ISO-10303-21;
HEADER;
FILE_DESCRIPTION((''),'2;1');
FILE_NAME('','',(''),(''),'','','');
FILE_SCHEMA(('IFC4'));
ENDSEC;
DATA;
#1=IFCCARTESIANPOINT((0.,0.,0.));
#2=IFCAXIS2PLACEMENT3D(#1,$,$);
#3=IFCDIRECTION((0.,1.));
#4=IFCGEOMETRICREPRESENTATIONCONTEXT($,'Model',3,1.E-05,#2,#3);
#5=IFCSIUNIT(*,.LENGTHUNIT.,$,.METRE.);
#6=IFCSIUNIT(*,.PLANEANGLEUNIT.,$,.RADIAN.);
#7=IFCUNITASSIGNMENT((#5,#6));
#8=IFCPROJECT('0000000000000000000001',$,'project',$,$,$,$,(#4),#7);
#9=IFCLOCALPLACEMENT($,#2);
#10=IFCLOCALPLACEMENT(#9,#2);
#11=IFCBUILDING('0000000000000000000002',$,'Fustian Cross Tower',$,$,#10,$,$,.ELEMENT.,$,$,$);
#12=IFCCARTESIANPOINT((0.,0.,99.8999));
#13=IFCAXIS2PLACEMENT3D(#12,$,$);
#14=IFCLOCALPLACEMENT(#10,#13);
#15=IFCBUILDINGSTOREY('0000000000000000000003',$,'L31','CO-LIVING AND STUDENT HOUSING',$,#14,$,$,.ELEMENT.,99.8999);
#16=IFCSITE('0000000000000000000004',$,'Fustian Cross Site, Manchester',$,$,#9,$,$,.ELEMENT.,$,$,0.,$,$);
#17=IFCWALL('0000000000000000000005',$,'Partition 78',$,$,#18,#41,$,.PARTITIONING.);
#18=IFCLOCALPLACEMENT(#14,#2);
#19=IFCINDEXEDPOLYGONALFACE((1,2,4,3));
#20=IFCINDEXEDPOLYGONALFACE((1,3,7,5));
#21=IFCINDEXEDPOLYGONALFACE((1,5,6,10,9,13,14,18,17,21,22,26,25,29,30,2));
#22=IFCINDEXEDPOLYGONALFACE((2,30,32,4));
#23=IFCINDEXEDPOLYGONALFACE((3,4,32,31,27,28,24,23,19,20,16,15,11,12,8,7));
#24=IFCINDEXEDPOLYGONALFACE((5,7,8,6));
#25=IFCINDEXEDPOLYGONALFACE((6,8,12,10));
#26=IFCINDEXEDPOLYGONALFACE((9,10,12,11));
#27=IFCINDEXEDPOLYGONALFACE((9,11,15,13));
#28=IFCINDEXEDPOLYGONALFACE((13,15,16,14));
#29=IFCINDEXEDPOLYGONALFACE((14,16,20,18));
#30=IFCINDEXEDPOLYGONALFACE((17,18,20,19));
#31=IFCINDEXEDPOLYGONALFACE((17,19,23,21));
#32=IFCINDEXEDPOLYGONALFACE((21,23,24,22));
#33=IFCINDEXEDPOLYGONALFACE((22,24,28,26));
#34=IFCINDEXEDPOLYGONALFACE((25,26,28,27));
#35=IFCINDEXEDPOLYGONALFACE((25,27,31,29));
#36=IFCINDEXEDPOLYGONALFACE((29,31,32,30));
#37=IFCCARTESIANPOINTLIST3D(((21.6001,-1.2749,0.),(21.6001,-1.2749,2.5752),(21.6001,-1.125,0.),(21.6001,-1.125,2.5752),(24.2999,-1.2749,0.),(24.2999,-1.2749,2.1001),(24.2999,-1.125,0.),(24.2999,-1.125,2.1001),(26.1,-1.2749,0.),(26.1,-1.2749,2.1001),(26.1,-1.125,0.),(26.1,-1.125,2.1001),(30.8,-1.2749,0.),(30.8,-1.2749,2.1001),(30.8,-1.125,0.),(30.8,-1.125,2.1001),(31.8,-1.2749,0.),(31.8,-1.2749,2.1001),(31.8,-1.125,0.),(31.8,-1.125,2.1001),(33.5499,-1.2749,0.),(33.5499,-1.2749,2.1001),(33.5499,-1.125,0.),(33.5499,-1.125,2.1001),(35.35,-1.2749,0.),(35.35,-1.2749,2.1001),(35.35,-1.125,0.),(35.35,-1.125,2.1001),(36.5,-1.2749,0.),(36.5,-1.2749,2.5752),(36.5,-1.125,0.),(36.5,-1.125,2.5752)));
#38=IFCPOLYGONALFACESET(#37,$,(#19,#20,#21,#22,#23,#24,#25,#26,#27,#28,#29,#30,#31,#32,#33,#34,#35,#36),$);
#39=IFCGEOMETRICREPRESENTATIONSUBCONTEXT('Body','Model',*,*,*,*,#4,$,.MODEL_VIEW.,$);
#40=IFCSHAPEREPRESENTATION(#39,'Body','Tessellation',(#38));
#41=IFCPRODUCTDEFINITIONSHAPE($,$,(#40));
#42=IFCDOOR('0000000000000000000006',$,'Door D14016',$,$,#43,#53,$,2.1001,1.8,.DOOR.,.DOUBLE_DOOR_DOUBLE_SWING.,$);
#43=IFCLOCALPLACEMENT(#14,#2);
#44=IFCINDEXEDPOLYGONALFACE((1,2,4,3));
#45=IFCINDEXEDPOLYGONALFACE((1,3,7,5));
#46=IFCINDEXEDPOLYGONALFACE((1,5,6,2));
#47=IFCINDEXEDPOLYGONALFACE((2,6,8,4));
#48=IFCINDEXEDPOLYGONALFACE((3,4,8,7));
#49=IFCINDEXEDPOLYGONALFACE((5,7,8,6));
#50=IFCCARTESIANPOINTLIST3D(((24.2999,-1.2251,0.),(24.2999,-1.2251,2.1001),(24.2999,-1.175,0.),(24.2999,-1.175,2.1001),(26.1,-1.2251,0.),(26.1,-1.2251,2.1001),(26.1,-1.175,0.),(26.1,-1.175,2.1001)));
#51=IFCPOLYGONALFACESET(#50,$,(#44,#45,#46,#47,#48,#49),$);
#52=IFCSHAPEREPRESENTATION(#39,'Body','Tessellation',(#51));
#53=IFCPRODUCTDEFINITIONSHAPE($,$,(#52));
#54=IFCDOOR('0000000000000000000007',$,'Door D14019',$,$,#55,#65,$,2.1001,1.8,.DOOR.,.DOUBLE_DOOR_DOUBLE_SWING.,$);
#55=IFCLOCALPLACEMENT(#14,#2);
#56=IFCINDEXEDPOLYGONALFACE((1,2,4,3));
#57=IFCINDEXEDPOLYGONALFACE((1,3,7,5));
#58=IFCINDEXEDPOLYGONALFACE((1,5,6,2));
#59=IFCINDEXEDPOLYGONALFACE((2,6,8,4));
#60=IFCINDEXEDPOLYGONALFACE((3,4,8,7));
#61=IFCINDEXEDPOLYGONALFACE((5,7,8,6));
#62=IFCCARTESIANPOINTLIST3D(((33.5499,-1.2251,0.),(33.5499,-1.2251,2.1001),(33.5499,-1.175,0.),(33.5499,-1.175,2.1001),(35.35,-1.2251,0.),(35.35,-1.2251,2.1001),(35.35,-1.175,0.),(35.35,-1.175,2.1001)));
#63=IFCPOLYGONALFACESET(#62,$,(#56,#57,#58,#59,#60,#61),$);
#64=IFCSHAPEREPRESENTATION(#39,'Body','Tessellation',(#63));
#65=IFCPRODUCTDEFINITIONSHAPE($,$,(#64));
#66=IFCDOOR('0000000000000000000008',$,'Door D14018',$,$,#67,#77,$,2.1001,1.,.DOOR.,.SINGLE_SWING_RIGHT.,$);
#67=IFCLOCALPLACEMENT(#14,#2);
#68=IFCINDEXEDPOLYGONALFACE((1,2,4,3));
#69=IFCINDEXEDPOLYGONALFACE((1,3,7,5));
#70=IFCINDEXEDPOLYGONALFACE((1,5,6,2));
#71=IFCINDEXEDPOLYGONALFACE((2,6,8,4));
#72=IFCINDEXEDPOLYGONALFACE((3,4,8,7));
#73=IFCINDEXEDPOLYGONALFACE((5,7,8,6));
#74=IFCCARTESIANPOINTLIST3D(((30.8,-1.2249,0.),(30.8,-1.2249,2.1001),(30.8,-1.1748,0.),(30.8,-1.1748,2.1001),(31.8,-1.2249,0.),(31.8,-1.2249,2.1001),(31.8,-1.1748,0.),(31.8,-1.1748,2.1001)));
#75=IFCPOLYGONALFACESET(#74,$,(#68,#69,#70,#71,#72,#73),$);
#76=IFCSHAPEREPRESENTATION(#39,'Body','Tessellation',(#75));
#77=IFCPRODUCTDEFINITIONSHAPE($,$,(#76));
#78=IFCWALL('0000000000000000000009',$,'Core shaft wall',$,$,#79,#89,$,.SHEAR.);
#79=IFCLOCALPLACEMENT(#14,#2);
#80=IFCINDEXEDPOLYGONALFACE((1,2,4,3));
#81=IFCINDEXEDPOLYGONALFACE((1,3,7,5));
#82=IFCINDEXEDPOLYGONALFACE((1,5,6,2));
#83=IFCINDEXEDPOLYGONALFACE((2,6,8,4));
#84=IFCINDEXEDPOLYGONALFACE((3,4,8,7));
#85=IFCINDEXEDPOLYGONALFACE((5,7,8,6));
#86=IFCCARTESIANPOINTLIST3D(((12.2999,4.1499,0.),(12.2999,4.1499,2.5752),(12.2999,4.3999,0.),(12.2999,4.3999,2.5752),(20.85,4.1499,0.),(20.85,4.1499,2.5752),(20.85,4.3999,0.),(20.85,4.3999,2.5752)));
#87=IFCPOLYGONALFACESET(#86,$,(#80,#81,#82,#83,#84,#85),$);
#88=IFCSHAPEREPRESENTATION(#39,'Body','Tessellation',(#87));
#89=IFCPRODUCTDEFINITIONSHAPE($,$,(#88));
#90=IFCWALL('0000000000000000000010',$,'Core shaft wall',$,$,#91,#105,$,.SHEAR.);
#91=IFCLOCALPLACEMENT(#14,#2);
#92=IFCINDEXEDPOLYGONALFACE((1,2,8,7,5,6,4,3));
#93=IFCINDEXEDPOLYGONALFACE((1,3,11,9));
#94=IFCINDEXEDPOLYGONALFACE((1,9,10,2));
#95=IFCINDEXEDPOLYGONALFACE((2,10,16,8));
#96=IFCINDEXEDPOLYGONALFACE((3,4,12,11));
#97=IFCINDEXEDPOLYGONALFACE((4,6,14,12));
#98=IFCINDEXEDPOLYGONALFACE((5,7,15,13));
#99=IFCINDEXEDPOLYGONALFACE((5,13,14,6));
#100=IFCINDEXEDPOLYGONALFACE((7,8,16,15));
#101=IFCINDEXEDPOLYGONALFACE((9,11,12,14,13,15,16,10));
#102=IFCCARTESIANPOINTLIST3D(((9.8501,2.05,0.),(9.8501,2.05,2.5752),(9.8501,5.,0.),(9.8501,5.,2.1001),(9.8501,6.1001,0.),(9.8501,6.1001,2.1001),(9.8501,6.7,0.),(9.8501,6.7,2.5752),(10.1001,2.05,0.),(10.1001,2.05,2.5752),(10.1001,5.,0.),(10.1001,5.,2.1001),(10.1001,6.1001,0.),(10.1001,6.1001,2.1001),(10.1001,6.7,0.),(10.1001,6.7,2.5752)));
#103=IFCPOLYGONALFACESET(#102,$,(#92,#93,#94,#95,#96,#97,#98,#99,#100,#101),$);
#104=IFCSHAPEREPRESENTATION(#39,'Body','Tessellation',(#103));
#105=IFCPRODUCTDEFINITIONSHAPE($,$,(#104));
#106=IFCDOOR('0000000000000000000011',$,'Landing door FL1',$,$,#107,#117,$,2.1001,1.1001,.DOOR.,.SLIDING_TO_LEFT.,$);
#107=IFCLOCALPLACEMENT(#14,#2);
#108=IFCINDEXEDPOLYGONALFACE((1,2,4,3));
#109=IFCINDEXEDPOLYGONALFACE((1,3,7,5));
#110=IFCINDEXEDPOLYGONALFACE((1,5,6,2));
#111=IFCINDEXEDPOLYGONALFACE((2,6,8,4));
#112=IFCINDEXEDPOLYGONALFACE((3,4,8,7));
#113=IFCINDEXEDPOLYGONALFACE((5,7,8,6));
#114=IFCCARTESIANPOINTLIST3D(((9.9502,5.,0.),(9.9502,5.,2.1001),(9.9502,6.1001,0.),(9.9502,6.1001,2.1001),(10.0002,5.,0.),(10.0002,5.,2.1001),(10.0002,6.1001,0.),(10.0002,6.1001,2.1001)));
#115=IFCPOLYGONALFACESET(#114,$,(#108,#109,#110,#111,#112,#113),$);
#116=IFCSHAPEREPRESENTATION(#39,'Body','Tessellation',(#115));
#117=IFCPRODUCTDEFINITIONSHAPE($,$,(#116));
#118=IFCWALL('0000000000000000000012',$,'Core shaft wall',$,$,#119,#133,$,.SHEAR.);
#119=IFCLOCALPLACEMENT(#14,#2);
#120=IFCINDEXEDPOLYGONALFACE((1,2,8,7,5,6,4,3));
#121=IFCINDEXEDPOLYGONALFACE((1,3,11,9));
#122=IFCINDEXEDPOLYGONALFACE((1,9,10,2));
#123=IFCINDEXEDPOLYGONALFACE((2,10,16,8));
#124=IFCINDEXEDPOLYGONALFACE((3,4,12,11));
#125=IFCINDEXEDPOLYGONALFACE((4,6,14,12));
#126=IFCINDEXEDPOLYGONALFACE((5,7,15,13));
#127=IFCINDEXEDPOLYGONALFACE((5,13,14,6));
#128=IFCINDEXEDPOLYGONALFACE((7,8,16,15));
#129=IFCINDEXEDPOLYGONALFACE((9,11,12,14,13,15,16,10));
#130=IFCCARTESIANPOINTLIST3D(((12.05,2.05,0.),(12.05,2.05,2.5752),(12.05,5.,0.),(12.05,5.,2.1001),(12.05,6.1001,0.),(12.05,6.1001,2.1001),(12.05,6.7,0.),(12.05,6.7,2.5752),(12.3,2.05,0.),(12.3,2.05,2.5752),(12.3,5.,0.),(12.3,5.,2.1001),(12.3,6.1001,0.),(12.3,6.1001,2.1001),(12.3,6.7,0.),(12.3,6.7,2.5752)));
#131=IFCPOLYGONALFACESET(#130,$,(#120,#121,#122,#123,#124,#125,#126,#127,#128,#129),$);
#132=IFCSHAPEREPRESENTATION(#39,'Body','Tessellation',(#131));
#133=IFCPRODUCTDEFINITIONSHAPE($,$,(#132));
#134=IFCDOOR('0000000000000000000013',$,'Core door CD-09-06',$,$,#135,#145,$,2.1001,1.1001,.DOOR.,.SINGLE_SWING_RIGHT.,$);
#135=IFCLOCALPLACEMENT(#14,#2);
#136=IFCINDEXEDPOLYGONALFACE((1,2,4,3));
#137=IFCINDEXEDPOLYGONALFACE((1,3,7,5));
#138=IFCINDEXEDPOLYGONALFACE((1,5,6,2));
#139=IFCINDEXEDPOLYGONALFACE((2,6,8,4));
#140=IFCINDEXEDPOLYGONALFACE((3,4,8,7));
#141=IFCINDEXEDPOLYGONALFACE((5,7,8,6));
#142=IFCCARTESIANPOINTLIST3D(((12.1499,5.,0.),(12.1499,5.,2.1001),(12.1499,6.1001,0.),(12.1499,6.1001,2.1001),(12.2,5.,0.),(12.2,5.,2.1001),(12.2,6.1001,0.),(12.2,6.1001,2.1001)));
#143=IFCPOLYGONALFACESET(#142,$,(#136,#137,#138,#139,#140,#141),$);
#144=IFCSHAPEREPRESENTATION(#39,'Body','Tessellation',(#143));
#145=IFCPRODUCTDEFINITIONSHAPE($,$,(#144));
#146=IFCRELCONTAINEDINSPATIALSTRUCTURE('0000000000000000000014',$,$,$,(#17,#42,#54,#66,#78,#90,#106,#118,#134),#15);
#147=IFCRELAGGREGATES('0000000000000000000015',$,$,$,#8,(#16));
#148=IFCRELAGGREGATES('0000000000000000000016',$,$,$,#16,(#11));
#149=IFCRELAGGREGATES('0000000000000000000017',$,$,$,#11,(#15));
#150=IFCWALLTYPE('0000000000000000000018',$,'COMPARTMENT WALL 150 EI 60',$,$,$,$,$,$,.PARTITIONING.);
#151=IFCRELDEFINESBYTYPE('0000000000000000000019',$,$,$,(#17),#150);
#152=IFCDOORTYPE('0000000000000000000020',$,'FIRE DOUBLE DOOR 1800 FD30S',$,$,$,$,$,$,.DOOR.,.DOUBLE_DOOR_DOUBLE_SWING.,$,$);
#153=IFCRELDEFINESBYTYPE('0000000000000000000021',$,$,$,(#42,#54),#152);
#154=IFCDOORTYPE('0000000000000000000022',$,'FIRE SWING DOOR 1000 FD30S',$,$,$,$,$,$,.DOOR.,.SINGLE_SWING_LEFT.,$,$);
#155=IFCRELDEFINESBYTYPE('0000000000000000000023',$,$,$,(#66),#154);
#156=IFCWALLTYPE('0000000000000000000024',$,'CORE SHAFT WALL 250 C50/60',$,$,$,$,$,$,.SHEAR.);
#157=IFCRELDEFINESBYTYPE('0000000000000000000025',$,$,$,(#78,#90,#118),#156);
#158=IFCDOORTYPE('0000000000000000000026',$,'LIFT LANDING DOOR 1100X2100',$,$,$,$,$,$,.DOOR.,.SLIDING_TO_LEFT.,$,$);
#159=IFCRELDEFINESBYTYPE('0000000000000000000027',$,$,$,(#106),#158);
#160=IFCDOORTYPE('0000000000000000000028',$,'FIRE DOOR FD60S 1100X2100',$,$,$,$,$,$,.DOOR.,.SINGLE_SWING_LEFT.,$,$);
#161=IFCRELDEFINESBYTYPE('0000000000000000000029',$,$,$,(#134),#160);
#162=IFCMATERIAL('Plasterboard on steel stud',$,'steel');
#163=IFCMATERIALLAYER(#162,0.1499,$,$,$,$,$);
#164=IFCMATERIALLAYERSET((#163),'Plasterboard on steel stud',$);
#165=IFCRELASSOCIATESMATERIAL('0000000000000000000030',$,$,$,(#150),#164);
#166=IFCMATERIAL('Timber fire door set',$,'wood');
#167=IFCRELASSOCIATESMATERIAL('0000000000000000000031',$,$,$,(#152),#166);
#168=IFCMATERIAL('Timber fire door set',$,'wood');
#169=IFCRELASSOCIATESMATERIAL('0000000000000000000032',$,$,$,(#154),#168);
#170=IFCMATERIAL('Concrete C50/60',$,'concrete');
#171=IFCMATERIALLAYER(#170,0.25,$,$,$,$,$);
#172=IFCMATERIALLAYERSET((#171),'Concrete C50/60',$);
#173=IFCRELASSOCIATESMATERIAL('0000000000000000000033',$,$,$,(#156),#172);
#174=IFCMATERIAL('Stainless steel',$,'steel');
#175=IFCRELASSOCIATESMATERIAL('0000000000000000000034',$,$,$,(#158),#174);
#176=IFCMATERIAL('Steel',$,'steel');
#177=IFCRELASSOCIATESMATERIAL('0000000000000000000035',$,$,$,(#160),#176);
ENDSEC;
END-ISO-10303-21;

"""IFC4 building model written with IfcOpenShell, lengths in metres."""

from ifc_helpers import new_model, si_unit, direction, frame, frame_2d, origin, place, context, subcontext, project, spatial, rectangle, extrude, material, layer, layer_set, type_object, element, fill, save


model = new_model("IFC4")

# Units and contexts
model_context = context("Model", 3, precision=1e-05, world=origin(), true_north=direction((0.0, 1.0)))
body_context = subcontext(model_context, "Body", "Model", "MODEL_VIEW")
ifc_project = project(units=[si_unit("LENGTHUNIT", "METRE"), si_unit("PLANEANGLEUNIT", "RADIAN")], contexts=[model_context])

# Site, building, storey
site_placement = place(None, origin())
site = spatial("IfcSite", under=ifc_project, at=site_placement, Name="Fustian Cross Site, Manchester", CompositionType="ELEMENT", RefElevation=0.0)
building_placement = place(site_placement, origin())
building = spatial("IfcBuilding", under=site, at=building_placement, Name="Fustian Cross Tower", CompositionType="ELEMENT")
storey_placement = place(building_placement, frame((0.0, 0.0, 99.8999)))
storey = spatial("IfcBuildingStorey", under=building, at=storey_placement, Name="L31", Description="CO-LIVING AND STUDENT HOUSING", CompositionType="ELEMENT", Elevation=99.8999)

# Wall, openings, doors
ifc_material_1 = material(Name="Plasterboard on steel stud", Category="steel")
ifc_layer_1 = layer(ifc_material_1, 0.1499)
ifc_layer_set_1 = layer_set([ifc_layer_1], Name="Plasterboard on steel stud")
wall_type_1 = type_object("IfcWallType", Name="COMPARTMENT WALL 150 EI 60", PredefinedType="PARTITIONING", material=ifc_layer_set_1)
wall_1_placement = place(storey_placement, frame((21.6001, -1.2, 0.0), z_axis=(0.0, 0.0, 1.0), x_axis=(1.0, 0.0, 0.0)))
wall_1 = element("IfcWall", 1, at=wall_1_placement, inside=storey, type_object=wall_type_1, Name="Partition 78", PredefinedType="PARTITIONING", context=body_context, shape_type="SweptSolid", body=[
    extrude(rectangle(XDim=14.8999, YDim=0.1499, at=frame_2d((7.45, 0.0))), origin(), (0.0, 0.0, 1.0), 2.5752),
])
opening_1_placement = place(wall_1_placement, frame((2.7, 0.0, 0.0)))
opening_1 = element("IfcOpeningElement", 2, at=opening_1_placement, cuts=wall_1, PredefinedType="OPENING", context=body_context, shape_type="SweptSolid", body=[
    extrude(rectangle(XDim=1.8, YDim=2.1001, at=frame_2d((0.8999, 1.05))), frame((0.0, 0.085, 0.0), z_axis=(0.0, -1.0, 0.0), x_axis=(1.0, 0.0, 0.0)), (0.0, 0.0, 1.0), 0.1699),
])
opening_2_placement = place(wall_1_placement, frame((9.2, 0.0, 0.0)))
opening_2 = element("IfcOpeningElement", 3, at=opening_2_placement, cuts=wall_1, PredefinedType="OPENING", context=body_context, shape_type="SweptSolid", body=[
    extrude(rectangle(XDim=1.0, YDim=2.1001, at=frame_2d((0.5, 1.05))), frame((0.0, 0.085, 0.0), z_axis=(0.0, -1.0, 0.0), x_axis=(1.0, 0.0, 0.0)), (0.0, 0.0, 1.0), 0.1699),
])
opening_3_placement = place(wall_1_placement, frame((11.95, 0.0, 0.0)))
opening_3 = element("IfcOpeningElement", 4, at=opening_3_placement, cuts=wall_1, PredefinedType="OPENING", context=body_context, shape_type="SweptSolid", body=[
    extrude(rectangle(XDim=1.8, YDim=2.1001, at=frame_2d((0.8999, 1.05))), frame((0.0, 0.085, 0.0), z_axis=(0.0, -1.0, 0.0), x_axis=(1.0, 0.0, 0.0)), (0.0, 0.0, 1.0), 0.1699),
])
ifc_material_2 = material(Name="Timber fire door set", Category="wood")
door_type_1 = type_object("IfcDoorType", Name="FIRE DOUBLE DOOR 1800 FD30S", OperationType="DOUBLE_DOOR_DOUBLE_SWING", PredefinedType="DOOR", material=ifc_material_2)
door_1_placement = place(opening_1_placement, origin())
door_1 = element("IfcDoor", 5, at=door_1_placement, inside=storey, type_object=door_type_1, Name="Door D14016", OperationType="DOUBLE_DOOR_DOUBLE_SWING", OverallHeight=2.1001, OverallWidth=1.8, PredefinedType="DOOR", context=body_context, shape_type="SweptSolid", body=[
    extrude(rectangle(XDim=1.8, YDim=2.1001, at=frame_2d((0.8999, 1.05))), frame((0.0, 0.0249, 0.0), z_axis=(0.0, -1.0, 0.0), x_axis=(1.0, 0.0, 0.0)), (0.0, 0.0, 1.0), 0.05),
])
fill(opening_1, door_1)
door_2_placement = place(opening_3_placement, origin())
door_2 = element("IfcDoor", 6, at=door_2_placement, inside=storey, type_object=door_type_1, Name="Door D14019", OperationType="DOUBLE_DOOR_DOUBLE_SWING", OverallHeight=2.1001, OverallWidth=1.8, PredefinedType="DOOR", context=body_context, shape_type="SweptSolid", body=[
    extrude(rectangle(XDim=1.8, YDim=2.1001, at=frame_2d((0.8999, 1.05))), frame((0.0, 0.0249, 0.0), z_axis=(0.0, -1.0, 0.0), x_axis=(1.0, 0.0, 0.0)), (0.0, 0.0, 1.0), 0.05),
])
fill(opening_3, door_2)
ifc_material_3 = material(Name="Timber fire door set", Category="wood")
door_type_2 = type_object("IfcDoorType", Name="FIRE SWING DOOR 1000 FD30S", OperationType="SINGLE_SWING_LEFT", PredefinedType="DOOR", material=ifc_material_3)
door_3_placement = place(opening_2_placement, frame((1.0, 0.0, 0.0), z_axis=(0.0, 0.0, 1.0), x_axis=(-1.0, 0.0, 0.0)))
door_3 = element("IfcDoor", 7, at=door_3_placement, inside=storey, type_object=door_type_2, Name="Door D14018", OperationType="SINGLE_SWING_RIGHT", OverallHeight=2.1001, OverallWidth=1.0, PredefinedType="DOOR", context=body_context, shape_type="SweptSolid", body=[
    extrude(rectangle(XDim=1.0, YDim=2.1001, at=frame_2d((0.5, 1.05))), frame((0.0, 0.0249, 0.0), z_axis=(0.0, -1.0, 0.0), x_axis=(1.0, 0.0, 0.0)), (0.0, 0.0, 1.0), 0.05),
])
fill(opening_2, door_3)

# Wall
ifc_material_4 = material(Name="Concrete C50/60", Category="concrete")
ifc_layer_2 = layer(ifc_material_4, 0.25)
ifc_layer_set_2 = layer_set([ifc_layer_2], Name="Concrete C50/60")
wall_type_2 = type_object("IfcWallType", Name="CORE SHAFT WALL 250 C50/60", PredefinedType="SHEAR", material=ifc_layer_set_2)
wall_2_placement = place(storey_placement, frame((12.3, 4.2749, 0.0), z_axis=(0.0, 0.0, 1.0), x_axis=(1.0, 0.0, 0.0)))
element("IfcWall", 8, at=wall_2_placement, inside=storey, type_object=wall_type_2, Name="Core shaft wall", PredefinedType="SHEAR", context=body_context, shape_type="SweptSolid", body=[
    extrude(rectangle(XDim=8.55, YDim=0.25, at=frame_2d((4.2749, 0.0))), origin(), (0.0, 0.0, 1.0), 2.5752),
])

# Walls, openings, doors
wall_3_placement = place(storey_placement, frame((9.9751, 2.05, 0.0), z_axis=(0.0, 0.0, 1.0), x_axis=(0.0, 1.0, 0.0)))
wall_3 = element("IfcWall", 9, at=wall_3_placement, inside=storey, type_object=wall_type_2, Name="Core shaft wall", PredefinedType="SHEAR", context=body_context, shape_type="SweptSolid", body=[
    extrude(rectangle(XDim=4.6499, YDim=0.25, at=frame_2d((2.325, 0.0))), origin(), (0.0, 0.0, 1.0), 2.5752),
])
opening_4_placement = place(wall_3_placement, frame((2.95, 0.0, 0.0)))
opening_4 = element("IfcOpeningElement", 10, at=opening_4_placement, cuts=wall_3, PredefinedType="OPENING", context=body_context, shape_type="SweptSolid", body=[
    extrude(rectangle(XDim=1.1001, YDim=2.1001, at=frame_2d((0.55, 1.05))), frame((0.0, 0.135, 0.0), z_axis=(0.0, -1.0, 0.0), x_axis=(1.0, 0.0, 0.0)), (0.0, 0.0, 1.0), 0.27),
])
ifc_material_5 = material(Name="Stainless steel", Category="steel")
door_type_3 = type_object("IfcDoorType", Name="LIFT LANDING DOOR 1100X2100", OperationType="SLIDING_TO_LEFT", PredefinedType="DOOR", material=ifc_material_5)
door_4_placement = place(opening_4_placement, origin())
door_4 = element("IfcDoor", 11, at=door_4_placement, inside=storey, type_object=door_type_3, Name="Landing door FL1", OperationType="SLIDING_TO_LEFT", OverallHeight=2.1001, OverallWidth=1.1001, PredefinedType="DOOR", context=body_context, shape_type="SweptSolid", body=[
    extrude(rectangle(XDim=1.1001, YDim=2.1001, at=frame_2d((0.55, 1.05))), frame((0.0, 0.0249, 0.0), z_axis=(0.0, -1.0, 0.0), x_axis=(1.0, 0.0, 0.0)), (0.0, 0.0, 1.0), 0.05),
])
fill(opening_4, door_4)
wall_4_placement = place(storey_placement, frame((12.175, 2.05, 0.0), z_axis=(0.0, 0.0, 1.0), x_axis=(0.0, 1.0, 0.0)))
wall_4 = element("IfcWall", 12, at=wall_4_placement, inside=storey, type_object=wall_type_2, Name="Core shaft wall", PredefinedType="SHEAR", context=body_context, shape_type="SweptSolid", body=[
    extrude(rectangle(XDim=4.6499, YDim=0.25, at=frame_2d((2.325, 0.0))), origin(), (0.0, 0.0, 1.0), 2.5752),
])
opening_5_placement = place(wall_4_placement, frame((2.95, 0.0, 0.0)))
opening_5 = element("IfcOpeningElement", 13, at=opening_5_placement, cuts=wall_4, PredefinedType="OPENING", context=body_context, shape_type="SweptSolid", body=[
    extrude(rectangle(XDim=1.1001, YDim=2.1001, at=frame_2d((0.55, 1.05))), frame((0.0, 0.135, 0.0), z_axis=(0.0, -1.0, 0.0), x_axis=(1.0, 0.0, 0.0)), (0.0, 0.0, 1.0), 0.27),
])
ifc_material_6 = material(Name="Steel", Category="steel")
door_type_4 = type_object("IfcDoorType", Name="FIRE DOOR FD60S 1100X2100", OperationType="SINGLE_SWING_LEFT", PredefinedType="DOOR", material=ifc_material_6)
door_5_placement = place(opening_5_placement, frame((1.1001, 0.0, 0.0), z_axis=(0.0, 0.0, 1.0), x_axis=(-1.0, 0.0, 0.0)))
door_5 = element("IfcDoor", 14, at=door_5_placement, inside=storey, type_object=door_type_4, Name="Core door CD-09-06", OperationType="SINGLE_SWING_RIGHT", OverallHeight=2.1001, OverallWidth=1.1001, PredefinedType="DOOR", context=body_context, shape_type="SweptSolid", body=[
    extrude(rectangle(XDim=1.1001, YDim=2.1001, at=frame_2d((0.55, 1.05))), frame((0.0, 0.0249, 0.0), z_axis=(0.0, -1.0, 0.0), x_axis=(1.0, 0.0, 0.0)), (0.0, 0.0, 1.0), 0.05),
])
fill(opening_5, door_5)

save(model, "model.ifc")
